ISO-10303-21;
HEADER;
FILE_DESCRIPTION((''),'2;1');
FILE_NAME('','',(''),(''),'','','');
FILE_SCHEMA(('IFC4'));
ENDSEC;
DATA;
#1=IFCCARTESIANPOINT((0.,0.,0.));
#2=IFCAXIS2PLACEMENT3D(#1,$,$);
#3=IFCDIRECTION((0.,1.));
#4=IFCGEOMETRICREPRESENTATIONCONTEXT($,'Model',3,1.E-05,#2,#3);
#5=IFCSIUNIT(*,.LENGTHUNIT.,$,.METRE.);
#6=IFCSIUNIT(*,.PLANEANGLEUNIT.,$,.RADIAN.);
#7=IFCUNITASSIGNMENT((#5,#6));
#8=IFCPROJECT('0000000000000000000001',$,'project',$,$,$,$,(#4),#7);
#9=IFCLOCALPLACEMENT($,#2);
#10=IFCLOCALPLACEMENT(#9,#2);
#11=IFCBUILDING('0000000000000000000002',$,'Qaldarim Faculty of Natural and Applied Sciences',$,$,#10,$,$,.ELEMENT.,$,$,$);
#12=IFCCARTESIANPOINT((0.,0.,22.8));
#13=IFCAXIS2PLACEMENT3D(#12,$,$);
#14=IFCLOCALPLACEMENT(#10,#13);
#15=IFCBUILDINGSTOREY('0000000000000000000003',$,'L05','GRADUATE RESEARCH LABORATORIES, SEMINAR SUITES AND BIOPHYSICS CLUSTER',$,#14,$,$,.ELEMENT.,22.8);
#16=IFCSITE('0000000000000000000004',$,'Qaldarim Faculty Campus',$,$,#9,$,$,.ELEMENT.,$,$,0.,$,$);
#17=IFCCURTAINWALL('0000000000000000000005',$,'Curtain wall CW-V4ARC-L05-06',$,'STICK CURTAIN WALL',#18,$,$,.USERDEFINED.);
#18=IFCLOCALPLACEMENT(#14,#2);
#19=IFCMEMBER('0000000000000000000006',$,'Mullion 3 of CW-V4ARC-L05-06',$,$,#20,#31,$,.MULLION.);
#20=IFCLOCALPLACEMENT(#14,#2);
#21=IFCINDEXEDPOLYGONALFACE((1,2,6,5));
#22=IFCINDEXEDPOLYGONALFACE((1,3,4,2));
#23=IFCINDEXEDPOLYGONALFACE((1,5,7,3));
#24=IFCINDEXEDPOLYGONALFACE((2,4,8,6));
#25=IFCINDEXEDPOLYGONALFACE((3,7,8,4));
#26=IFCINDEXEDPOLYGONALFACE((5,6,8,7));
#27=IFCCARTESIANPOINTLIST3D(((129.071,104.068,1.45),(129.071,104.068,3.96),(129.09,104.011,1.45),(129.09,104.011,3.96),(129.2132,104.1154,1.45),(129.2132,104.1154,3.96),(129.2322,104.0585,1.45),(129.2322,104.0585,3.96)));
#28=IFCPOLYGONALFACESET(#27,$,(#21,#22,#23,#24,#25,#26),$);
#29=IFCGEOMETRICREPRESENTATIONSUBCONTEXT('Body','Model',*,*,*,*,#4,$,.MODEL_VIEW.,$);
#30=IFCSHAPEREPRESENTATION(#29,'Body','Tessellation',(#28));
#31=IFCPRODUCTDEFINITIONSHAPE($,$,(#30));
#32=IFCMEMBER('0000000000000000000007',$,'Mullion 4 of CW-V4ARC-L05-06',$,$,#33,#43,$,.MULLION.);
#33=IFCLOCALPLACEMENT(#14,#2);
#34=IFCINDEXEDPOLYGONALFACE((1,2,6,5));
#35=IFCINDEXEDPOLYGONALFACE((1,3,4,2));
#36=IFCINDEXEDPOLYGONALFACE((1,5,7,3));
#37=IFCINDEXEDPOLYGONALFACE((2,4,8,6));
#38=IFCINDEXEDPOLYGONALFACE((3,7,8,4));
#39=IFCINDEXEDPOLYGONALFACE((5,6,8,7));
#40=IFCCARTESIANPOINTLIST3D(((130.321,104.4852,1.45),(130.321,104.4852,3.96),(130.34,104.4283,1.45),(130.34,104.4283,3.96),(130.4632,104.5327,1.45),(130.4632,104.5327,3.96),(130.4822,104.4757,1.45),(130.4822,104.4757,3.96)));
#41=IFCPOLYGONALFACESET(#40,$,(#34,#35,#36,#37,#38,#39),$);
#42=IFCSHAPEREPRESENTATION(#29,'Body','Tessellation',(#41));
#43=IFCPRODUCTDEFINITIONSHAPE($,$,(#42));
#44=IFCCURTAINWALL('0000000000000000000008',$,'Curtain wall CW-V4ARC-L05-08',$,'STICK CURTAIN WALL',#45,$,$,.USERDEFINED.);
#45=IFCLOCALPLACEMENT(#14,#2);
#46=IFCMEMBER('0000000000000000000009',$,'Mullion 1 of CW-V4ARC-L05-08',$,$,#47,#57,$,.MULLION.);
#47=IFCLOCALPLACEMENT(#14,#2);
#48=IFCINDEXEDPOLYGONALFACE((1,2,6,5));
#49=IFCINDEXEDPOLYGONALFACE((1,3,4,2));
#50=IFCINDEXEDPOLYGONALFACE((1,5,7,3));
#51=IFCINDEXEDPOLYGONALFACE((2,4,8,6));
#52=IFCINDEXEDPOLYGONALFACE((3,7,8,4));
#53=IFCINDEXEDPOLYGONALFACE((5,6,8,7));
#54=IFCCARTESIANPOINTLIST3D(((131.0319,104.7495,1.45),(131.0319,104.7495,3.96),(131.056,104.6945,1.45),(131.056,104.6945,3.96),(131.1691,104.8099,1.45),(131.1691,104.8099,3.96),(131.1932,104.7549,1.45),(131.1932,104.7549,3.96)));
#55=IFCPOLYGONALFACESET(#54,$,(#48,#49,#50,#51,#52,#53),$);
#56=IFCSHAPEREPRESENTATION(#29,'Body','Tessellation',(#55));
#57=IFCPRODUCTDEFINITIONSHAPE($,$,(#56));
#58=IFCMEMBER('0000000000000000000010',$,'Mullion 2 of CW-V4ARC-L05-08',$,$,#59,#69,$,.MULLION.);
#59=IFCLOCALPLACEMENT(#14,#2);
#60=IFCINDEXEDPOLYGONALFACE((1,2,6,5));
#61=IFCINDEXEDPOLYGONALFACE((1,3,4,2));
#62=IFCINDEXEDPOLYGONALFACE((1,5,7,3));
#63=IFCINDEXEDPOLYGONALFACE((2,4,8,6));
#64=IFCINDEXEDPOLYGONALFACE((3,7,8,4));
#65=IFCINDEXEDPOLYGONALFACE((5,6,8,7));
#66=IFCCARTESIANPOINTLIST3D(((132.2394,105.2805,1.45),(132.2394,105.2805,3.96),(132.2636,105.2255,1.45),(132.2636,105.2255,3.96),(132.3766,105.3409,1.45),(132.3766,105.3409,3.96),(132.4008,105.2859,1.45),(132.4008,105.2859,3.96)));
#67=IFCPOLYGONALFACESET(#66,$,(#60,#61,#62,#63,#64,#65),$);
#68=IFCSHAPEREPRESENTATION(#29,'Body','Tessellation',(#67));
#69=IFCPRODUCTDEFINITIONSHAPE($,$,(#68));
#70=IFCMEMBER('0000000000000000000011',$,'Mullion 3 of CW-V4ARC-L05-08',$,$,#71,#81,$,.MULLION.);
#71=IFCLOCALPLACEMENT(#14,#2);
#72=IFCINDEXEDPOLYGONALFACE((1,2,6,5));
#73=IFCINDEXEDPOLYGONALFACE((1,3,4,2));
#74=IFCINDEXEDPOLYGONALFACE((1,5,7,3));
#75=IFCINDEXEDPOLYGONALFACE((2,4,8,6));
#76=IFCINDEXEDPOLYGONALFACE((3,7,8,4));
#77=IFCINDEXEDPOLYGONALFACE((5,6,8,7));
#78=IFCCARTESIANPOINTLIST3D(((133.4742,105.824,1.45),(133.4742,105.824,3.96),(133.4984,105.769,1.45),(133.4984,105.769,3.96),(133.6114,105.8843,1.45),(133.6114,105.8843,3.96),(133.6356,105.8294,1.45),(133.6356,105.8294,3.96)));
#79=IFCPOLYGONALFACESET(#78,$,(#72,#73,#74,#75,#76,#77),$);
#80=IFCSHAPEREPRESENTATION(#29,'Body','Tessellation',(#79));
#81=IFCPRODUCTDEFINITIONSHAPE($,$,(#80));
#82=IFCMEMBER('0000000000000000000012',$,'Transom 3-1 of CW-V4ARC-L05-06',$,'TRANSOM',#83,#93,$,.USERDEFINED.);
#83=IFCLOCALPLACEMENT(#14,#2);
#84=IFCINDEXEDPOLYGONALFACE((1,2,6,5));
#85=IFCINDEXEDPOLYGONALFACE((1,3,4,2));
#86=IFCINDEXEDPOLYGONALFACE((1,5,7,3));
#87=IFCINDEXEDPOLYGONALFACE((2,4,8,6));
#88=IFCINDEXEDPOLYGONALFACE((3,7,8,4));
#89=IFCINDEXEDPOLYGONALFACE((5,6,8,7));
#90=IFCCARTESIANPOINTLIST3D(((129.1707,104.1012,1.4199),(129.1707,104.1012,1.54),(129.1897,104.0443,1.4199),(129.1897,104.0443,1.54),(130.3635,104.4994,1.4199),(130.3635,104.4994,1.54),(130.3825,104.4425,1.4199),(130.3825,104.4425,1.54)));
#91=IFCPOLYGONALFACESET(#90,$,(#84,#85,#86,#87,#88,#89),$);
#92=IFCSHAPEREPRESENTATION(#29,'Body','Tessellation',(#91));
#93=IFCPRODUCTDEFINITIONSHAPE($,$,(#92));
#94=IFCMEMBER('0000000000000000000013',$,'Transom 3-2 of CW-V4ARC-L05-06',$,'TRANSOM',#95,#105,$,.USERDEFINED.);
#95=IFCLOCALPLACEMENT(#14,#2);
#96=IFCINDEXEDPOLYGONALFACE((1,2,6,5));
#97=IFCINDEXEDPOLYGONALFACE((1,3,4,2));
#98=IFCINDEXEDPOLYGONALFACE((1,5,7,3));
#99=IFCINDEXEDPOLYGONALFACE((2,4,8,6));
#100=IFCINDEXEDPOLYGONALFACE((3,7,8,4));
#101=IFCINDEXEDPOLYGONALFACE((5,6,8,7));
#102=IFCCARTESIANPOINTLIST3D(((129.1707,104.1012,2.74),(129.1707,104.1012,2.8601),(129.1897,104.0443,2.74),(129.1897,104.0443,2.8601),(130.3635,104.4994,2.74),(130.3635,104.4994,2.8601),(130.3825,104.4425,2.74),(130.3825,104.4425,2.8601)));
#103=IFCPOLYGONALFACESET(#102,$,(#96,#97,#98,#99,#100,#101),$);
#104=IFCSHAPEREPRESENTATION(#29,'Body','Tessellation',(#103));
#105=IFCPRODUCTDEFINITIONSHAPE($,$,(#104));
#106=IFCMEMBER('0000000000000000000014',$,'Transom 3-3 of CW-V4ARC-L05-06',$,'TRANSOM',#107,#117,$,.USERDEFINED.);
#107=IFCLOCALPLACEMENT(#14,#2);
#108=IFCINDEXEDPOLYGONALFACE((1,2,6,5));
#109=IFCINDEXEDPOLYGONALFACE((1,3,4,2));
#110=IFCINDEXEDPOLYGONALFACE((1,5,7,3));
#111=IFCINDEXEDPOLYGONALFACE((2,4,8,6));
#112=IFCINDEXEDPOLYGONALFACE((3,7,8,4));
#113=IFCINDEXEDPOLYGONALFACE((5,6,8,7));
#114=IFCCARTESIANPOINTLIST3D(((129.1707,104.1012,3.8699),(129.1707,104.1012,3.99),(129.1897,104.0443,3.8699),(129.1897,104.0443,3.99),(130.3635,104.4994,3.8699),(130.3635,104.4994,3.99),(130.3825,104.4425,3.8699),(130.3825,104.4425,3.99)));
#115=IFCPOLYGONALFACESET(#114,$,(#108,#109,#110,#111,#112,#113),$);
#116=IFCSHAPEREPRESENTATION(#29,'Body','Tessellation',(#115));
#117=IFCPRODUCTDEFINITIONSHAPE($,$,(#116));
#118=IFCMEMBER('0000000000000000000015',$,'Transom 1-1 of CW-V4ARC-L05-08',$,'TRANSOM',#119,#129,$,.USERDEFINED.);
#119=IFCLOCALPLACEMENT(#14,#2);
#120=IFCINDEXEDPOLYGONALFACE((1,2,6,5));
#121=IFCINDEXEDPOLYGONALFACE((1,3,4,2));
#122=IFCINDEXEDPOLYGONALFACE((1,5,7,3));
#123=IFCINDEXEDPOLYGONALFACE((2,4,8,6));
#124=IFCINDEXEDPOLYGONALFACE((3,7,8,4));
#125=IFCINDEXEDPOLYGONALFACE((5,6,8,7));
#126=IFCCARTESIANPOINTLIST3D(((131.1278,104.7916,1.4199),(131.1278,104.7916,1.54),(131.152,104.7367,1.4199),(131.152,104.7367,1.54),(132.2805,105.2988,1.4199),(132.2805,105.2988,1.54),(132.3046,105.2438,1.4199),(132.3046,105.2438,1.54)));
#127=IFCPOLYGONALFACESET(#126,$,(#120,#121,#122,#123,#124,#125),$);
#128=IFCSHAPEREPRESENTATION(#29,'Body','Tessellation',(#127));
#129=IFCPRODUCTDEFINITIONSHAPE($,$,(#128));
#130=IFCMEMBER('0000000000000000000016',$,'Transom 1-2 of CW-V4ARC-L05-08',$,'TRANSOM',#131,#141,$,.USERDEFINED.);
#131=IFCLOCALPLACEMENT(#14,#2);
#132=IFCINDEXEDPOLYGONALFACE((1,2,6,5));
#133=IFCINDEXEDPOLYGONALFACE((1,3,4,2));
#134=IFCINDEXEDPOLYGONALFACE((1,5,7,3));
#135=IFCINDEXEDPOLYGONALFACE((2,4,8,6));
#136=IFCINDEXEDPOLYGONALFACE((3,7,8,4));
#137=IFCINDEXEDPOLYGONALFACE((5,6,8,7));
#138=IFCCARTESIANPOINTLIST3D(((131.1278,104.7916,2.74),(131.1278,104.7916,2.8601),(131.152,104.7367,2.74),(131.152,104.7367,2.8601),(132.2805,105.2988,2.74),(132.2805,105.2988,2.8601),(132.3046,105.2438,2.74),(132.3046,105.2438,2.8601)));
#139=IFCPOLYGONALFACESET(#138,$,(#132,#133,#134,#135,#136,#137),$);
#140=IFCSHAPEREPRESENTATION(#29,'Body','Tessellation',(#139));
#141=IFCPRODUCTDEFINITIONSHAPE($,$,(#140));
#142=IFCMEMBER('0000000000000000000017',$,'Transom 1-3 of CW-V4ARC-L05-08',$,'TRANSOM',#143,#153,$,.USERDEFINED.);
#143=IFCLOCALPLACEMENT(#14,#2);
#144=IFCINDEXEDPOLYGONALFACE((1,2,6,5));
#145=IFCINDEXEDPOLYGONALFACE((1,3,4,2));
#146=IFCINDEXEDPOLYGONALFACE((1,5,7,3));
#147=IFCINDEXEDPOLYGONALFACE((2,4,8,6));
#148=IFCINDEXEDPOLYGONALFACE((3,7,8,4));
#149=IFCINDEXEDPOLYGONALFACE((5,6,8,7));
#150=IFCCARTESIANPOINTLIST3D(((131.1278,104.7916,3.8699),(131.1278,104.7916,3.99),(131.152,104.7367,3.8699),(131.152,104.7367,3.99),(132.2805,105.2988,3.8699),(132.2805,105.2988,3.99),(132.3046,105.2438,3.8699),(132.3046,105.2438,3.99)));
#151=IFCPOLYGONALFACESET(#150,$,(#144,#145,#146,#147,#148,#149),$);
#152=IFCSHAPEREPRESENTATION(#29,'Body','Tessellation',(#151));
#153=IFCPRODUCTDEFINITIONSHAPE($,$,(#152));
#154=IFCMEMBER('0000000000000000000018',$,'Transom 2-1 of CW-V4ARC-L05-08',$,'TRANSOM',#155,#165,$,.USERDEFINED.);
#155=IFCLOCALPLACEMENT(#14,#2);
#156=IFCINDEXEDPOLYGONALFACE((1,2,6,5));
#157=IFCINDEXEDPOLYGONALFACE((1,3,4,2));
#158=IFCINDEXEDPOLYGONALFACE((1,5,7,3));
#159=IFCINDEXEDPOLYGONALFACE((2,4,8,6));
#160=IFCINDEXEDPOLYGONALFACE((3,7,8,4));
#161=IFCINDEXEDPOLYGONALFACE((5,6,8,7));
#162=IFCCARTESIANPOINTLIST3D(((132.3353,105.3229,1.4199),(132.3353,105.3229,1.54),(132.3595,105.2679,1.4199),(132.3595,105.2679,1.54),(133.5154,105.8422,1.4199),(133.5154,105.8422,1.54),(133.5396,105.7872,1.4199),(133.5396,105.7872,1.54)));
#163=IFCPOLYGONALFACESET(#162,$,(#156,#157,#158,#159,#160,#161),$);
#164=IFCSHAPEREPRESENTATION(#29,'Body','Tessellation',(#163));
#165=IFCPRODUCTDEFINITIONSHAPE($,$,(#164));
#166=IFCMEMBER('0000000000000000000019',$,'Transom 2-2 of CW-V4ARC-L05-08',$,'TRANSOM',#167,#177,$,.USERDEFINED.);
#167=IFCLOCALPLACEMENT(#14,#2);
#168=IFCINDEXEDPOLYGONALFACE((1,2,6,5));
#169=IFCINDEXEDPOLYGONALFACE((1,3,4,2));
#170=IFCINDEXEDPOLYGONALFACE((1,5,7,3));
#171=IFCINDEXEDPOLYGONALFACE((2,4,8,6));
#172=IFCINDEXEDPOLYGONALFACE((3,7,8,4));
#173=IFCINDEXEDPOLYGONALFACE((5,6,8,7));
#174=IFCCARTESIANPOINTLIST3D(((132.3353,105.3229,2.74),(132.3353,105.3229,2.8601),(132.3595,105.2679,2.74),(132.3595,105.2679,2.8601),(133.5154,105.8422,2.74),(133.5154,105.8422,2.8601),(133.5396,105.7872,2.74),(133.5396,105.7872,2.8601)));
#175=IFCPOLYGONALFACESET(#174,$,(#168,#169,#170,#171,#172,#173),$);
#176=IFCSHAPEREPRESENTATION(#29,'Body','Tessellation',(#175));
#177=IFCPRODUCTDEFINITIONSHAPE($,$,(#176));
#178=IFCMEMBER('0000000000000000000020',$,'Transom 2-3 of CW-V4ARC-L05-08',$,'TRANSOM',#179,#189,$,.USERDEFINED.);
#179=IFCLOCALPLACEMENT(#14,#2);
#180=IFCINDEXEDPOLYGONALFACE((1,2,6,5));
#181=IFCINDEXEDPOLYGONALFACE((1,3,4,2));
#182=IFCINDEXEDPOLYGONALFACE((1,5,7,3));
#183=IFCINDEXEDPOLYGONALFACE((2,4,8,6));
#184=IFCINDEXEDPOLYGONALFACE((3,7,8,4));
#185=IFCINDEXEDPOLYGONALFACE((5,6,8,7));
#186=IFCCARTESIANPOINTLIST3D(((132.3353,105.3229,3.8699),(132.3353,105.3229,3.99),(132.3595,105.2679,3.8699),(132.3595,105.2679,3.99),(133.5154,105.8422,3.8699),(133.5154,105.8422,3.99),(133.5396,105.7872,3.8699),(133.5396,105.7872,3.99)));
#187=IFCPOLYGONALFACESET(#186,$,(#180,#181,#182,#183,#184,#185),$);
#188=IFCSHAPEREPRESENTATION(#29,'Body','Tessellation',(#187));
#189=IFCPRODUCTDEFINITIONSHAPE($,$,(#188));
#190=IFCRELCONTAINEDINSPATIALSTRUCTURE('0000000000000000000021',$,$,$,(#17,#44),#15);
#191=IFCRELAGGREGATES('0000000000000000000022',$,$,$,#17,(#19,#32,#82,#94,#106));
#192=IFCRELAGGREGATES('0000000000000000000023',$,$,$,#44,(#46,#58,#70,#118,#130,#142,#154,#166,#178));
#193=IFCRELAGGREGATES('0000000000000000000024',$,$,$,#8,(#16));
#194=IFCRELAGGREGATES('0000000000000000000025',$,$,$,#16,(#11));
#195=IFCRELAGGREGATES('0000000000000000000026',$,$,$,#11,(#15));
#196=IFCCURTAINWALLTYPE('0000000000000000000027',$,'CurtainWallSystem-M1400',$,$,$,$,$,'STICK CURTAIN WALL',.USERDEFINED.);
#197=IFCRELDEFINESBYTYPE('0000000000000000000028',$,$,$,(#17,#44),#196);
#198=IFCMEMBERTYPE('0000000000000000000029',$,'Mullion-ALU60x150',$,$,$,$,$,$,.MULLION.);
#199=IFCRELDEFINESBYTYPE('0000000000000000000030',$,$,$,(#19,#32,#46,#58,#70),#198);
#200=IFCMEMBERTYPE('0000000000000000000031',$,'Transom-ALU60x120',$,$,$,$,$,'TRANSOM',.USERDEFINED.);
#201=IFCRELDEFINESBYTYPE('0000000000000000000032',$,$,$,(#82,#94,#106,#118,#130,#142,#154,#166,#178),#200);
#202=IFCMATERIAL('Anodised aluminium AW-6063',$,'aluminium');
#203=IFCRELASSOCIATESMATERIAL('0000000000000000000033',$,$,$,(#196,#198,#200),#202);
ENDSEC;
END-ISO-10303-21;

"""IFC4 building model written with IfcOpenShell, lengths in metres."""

from ifc_helpers import new_model, si_unit, direction, frame, origin, origin_2d, place, context, subcontext, project, spatial, rectangle, extrude, material, material_profile, profile_set, type_object, element, aggregate, save


model = new_model("IFC4")

# Units and contexts
model_context = context("Model", 3, precision=1e-05, world=origin(), true_north=direction((0.0, 1.0)))
body_context = subcontext(model_context, "Body", "Model", "MODEL_VIEW")
ifc_project = project(units=[si_unit("LENGTHUNIT", "METRE"), si_unit("PLANEANGLEUNIT", "RADIAN")], contexts=[model_context])

# Site, building, storey
site_placement = place(None, origin())
site = spatial("IfcSite", under=ifc_project, at=site_placement, Name="Qaldarim Faculty Campus", CompositionType="ELEMENT", RefElevation=0.0)
building_placement = place(site_placement, origin())
building = spatial("IfcBuilding", under=site, at=building_placement, Name="Qaldarim Faculty of Natural and Applied Sciences", CompositionType="ELEMENT")
storey_placement = place(building_placement, frame((0.0, 0.0, 22.8)))
storey = spatial("IfcBuildingStorey", under=building, at=storey_placement, Name="L05", Description="GRADUATE RESEARCH LABORATORIES, SEMINAR SUITES AND BIOPHYSICS CLUSTER", CompositionType="ELEMENT", Elevation=22.8)

# Curtain walls, members
ifc_material_1 = material(Name="Anodised aluminium AW-6063", Category="aluminium")
curtain_wall_type = type_object("IfcCurtainWallType", Name="CurtainWallSystem-M1400", ElementType="STICK CURTAIN WALL", PredefinedType="USERDEFINED", material=ifc_material_1)
curtain_wall_1_placement = place(storey_placement, origin())
curtain_wall_1 = element("IfcCurtainWall", 1, at=curtain_wall_1_placement, inside=storey, type_object=curtain_wall_type, Name="Curtain wall CW-V4ARC-L05-06", ObjectType="STICK CURTAIN WALL", PredefinedType="USERDEFINED")
ifc_material_profile_1 = material_profile(ifc_material_1, rectangle(XDim=0.0601, YDim=0.1499, at=origin_2d()), Name="ALU-M60x150")
ifc_profile_set_1 = profile_set([ifc_material_profile_1], Name="Anodised aluminium AW-6063")
member_type_1 = type_object("IfcMemberType", Name="Mullion-ALU60x150", PredefinedType="MULLION", material=ifc_profile_set_1)
member_1_placement = place(storey_placement, frame((129.1516, 104.0632, 1.45), z_axis=(0.0, 0.0, 1.0), x_axis=(-0.316593, 0.948562, 0.0)))
member_1 = element("IfcMember", 2, at=member_1_placement, type_object=member_type_1, Name="Mullion 3 of CW-V4ARC-L05-06", PredefinedType="MULLION", context=body_context, shape_type="SweptSolid", body=[
    extrude(rectangle(XDim=0.0601, YDim=0.1499, at=origin_2d()), origin(), (0.0, 0.0, 1.0), 2.51),
])
member_2_placement = place(storey_placement, frame((130.4016, 104.4805, 1.45), z_axis=(0.0, 0.0, 1.0), x_axis=(-0.316593, 0.948562, 0.0)))
member_2 = element("IfcMember", 3, at=member_2_placement, type_object=member_type_1, Name="Mullion 4 of CW-V4ARC-L05-06", PredefinedType="MULLION", context=body_context, shape_type="SweptSolid", body=[
    extrude(rectangle(XDim=0.0601, YDim=0.1499, at=origin_2d()), origin(), (0.0, 0.0, 1.0), 2.51),
])
curtain_wall_2_placement = place(storey_placement, origin())
curtain_wall_2 = element("IfcCurtainWall", 4, at=curtain_wall_2_placement, inside=storey, type_object=curtain_wall_type, Name="Curtain wall CW-V4ARC-L05-08", ObjectType="STICK CURTAIN WALL", PredefinedType="USERDEFINED")
member_3_placement = place(storey_placement, frame((131.1125, 104.7522, 1.45), z_axis=(0.0, 0.0, 1.0), x_axis=(-0.402699, 0.915333, 0.0)))
member_3 = element("IfcMember", 5, at=member_3_placement, type_object=member_type_1, Name="Mullion 1 of CW-V4ARC-L05-08", PredefinedType="MULLION", context=body_context, shape_type="SweptSolid", body=[
    extrude(rectangle(XDim=0.0601, YDim=0.1499, at=origin_2d()), origin(), (0.0, 0.0, 1.0), 2.51),
])
member_4_placement = place(storey_placement, frame((132.3201, 105.2832, 1.45), z_axis=(0.0, 0.0, 1.0), x_axis=(-0.402699, 0.915333, 0.0)))
member_4 = element("IfcMember", 6, at=member_4_placement, type_object=member_type_1, Name="Mullion 2 of CW-V4ARC-L05-08", PredefinedType="MULLION", context=body_context, shape_type="SweptSolid", body=[
    extrude(rectangle(XDim=0.0601, YDim=0.1499, at=origin_2d()), origin(), (0.0, 0.0, 1.0), 2.51),
])
member_5_placement = place(storey_placement, frame((133.5549, 105.8267, 1.45), z_axis=(0.0, 0.0, 1.0), x_axis=(-0.402699, 0.915333, 0.0)))
member_5 = element("IfcMember", 7, at=member_5_placement, type_object=member_type_1, Name="Mullion 3 of CW-V4ARC-L05-08", PredefinedType="MULLION", context=body_context, shape_type="SweptSolid", body=[
    extrude(rectangle(XDim=0.0601, YDim=0.1499, at=origin_2d()), origin(), (0.0, 0.0, 1.0), 2.51),
])

# Members
ifc_material_profile_2 = material_profile(ifc_material_1, rectangle(XDim=0.0601, YDim=0.1201, at=origin_2d()), Name="ALU-T60x120")
ifc_profile_set_2 = profile_set([ifc_material_profile_2], Name="Anodised aluminium AW-6063")
member_type_2 = type_object("IfcMemberType", Name="Transom-ALU60x120", ElementType="TRANSOM", PredefinedType="USERDEFINED", material=ifc_profile_set_2)
member_6_placement = place(storey_placement, frame((129.1802, 104.0728, 1.48), z_axis=(0.948547, 0.316635, 0.0), x_axis=(-0.316635, 0.948547, 0.0)))
member_6 = element("IfcMember", 8, at=member_6_placement, type_object=member_type_2, Name="Transom 3-1 of CW-V4ARC-L05-06", ObjectType="TRANSOM", PredefinedType="USERDEFINED", context=body_context, shape_type="SweptSolid", body=[
    extrude(rectangle(XDim=0.0601, YDim=0.1201, at=origin_2d()), origin(), (0.0, 0.0, 1.0), 1.2576),
])
member_7_placement = place(storey_placement, frame((129.1802, 104.0728, 2.8), z_axis=(0.948547, 0.316635, 0.0), x_axis=(-0.316635, 0.948547, 0.0)))
member_7 = element("IfcMember", 9, at=member_7_placement, type_object=member_type_2, Name="Transom 3-2 of CW-V4ARC-L05-06", ObjectType="TRANSOM", PredefinedType="USERDEFINED", context=body_context, shape_type="SweptSolid", body=[
    extrude(rectangle(XDim=0.0601, YDim=0.1201, at=origin_2d()), origin(), (0.0, 0.0, 1.0), 1.2576),
])
member_8_placement = place(storey_placement, frame((129.1802, 104.0728, 3.9299), z_axis=(0.948547, 0.316635, 0.0), x_axis=(-0.316635, 0.948547, 0.0)))
member_8 = element("IfcMember", 10, at=member_8_placement, type_object=member_type_2, Name="Transom 3-3 of CW-V4ARC-L05-06", ObjectType="TRANSOM", PredefinedType="USERDEFINED", context=body_context, shape_type="SweptSolid", body=[
    extrude(rectangle(XDim=0.0601, YDim=0.1201, at=origin_2d()), origin(), (0.0, 0.0, 1.0), 1.2576),
])
member_9_placement = place(storey_placement, frame((131.1399, 104.7642, 1.48), z_axis=(0.915332, 0.4027, 0.0), x_axis=(-0.4027, 0.915332, 0.0)))
member_9 = element("IfcMember", 11, at=member_9_placement, type_object=member_type_2, Name="Transom 1-1 of CW-V4ARC-L05-08", ObjectType="TRANSOM", PredefinedType="USERDEFINED", context=body_context, shape_type="SweptSolid", body=[
    extrude(rectangle(XDim=0.0601, YDim=0.1201, at=origin_2d()), origin(), (0.0, 0.0, 1.0), 1.2593),
])
member_10_placement = place(storey_placement, frame((131.1399, 104.7642, 2.8), z_axis=(0.915332, 0.4027, 0.0), x_axis=(-0.4027, 0.915332, 0.0)))
member_10 = element("IfcMember", 12, at=member_10_placement, type_object=member_type_2, Name="Transom 1-2 of CW-V4ARC-L05-08", ObjectType="TRANSOM", PredefinedType="USERDEFINED", context=body_context, shape_type="SweptSolid", body=[
    extrude(rectangle(XDim=0.0601, YDim=0.1201, at=origin_2d()), origin(), (0.0, 0.0, 1.0), 1.2593),
])
member_11_placement = place(storey_placement, frame((131.1399, 104.7642, 3.9299), z_axis=(0.915332, 0.4027, 0.0), x_axis=(-0.4027, 0.915332, 0.0)))
member_11 = element("IfcMember", 13, at=member_11_placement, type_object=member_type_2, Name="Transom 1-3 of CW-V4ARC-L05-08", ObjectType="TRANSOM", PredefinedType="USERDEFINED", context=body_context, shape_type="SweptSolid", body=[
    extrude(rectangle(XDim=0.0601, YDim=0.1201, at=origin_2d()), origin(), (0.0, 0.0, 1.0), 1.2593),
])
member_12_placement = place(storey_placement, frame((132.3474, 105.2954, 1.48), z_axis=(0.915312, 0.402745, 0.0), x_axis=(-0.402745, 0.915312, 0.0)))
member_12 = element("IfcMember", 14, at=member_12_placement, type_object=member_type_2, Name="Transom 2-1 of CW-V4ARC-L05-08", ObjectType="TRANSOM", PredefinedType="USERDEFINED", context=body_context, shape_type="SweptSolid", body=[
    extrude(rectangle(XDim=0.0601, YDim=0.1201, at=origin_2d()), origin(), (0.0, 0.0, 1.0), 1.2893),
])
member_13_placement = place(storey_placement, frame((132.3474, 105.2954, 2.8), z_axis=(0.915312, 0.402745, 0.0), x_axis=(-0.402745, 0.915312, 0.0)))
member_13 = element("IfcMember", 15, at=member_13_placement, type_object=member_type_2, Name="Transom 2-2 of CW-V4ARC-L05-08", ObjectType="TRANSOM", PredefinedType="USERDEFINED", context=body_context, shape_type="SweptSolid", body=[
    extrude(rectangle(XDim=0.0601, YDim=0.1201, at=origin_2d()), origin(), (0.0, 0.0, 1.0), 1.2893),
])
member_14_placement = place(storey_placement, frame((132.3474, 105.2954, 3.9299), z_axis=(0.915312, 0.402745, 0.0), x_axis=(-0.402745, 0.915312, 0.0)))
member_14 = element("IfcMember", 16, at=member_14_placement, type_object=member_type_2, Name="Transom 2-3 of CW-V4ARC-L05-08", ObjectType="TRANSOM", PredefinedType="USERDEFINED", context=body_context, shape_type="SweptSolid", body=[
    extrude(rectangle(XDim=0.0601, YDim=0.1201, at=origin_2d()), origin(), (0.0, 0.0, 1.0), 1.2893),
])

aggregate(curtain_wall_1, [member_1, member_2, member_6, member_7, member_8])
aggregate(curtain_wall_2, [member_3, member_4, member_5, member_9, member_10, member_11, member_12, member_13, member_14])

save(model, "model.ifc")
